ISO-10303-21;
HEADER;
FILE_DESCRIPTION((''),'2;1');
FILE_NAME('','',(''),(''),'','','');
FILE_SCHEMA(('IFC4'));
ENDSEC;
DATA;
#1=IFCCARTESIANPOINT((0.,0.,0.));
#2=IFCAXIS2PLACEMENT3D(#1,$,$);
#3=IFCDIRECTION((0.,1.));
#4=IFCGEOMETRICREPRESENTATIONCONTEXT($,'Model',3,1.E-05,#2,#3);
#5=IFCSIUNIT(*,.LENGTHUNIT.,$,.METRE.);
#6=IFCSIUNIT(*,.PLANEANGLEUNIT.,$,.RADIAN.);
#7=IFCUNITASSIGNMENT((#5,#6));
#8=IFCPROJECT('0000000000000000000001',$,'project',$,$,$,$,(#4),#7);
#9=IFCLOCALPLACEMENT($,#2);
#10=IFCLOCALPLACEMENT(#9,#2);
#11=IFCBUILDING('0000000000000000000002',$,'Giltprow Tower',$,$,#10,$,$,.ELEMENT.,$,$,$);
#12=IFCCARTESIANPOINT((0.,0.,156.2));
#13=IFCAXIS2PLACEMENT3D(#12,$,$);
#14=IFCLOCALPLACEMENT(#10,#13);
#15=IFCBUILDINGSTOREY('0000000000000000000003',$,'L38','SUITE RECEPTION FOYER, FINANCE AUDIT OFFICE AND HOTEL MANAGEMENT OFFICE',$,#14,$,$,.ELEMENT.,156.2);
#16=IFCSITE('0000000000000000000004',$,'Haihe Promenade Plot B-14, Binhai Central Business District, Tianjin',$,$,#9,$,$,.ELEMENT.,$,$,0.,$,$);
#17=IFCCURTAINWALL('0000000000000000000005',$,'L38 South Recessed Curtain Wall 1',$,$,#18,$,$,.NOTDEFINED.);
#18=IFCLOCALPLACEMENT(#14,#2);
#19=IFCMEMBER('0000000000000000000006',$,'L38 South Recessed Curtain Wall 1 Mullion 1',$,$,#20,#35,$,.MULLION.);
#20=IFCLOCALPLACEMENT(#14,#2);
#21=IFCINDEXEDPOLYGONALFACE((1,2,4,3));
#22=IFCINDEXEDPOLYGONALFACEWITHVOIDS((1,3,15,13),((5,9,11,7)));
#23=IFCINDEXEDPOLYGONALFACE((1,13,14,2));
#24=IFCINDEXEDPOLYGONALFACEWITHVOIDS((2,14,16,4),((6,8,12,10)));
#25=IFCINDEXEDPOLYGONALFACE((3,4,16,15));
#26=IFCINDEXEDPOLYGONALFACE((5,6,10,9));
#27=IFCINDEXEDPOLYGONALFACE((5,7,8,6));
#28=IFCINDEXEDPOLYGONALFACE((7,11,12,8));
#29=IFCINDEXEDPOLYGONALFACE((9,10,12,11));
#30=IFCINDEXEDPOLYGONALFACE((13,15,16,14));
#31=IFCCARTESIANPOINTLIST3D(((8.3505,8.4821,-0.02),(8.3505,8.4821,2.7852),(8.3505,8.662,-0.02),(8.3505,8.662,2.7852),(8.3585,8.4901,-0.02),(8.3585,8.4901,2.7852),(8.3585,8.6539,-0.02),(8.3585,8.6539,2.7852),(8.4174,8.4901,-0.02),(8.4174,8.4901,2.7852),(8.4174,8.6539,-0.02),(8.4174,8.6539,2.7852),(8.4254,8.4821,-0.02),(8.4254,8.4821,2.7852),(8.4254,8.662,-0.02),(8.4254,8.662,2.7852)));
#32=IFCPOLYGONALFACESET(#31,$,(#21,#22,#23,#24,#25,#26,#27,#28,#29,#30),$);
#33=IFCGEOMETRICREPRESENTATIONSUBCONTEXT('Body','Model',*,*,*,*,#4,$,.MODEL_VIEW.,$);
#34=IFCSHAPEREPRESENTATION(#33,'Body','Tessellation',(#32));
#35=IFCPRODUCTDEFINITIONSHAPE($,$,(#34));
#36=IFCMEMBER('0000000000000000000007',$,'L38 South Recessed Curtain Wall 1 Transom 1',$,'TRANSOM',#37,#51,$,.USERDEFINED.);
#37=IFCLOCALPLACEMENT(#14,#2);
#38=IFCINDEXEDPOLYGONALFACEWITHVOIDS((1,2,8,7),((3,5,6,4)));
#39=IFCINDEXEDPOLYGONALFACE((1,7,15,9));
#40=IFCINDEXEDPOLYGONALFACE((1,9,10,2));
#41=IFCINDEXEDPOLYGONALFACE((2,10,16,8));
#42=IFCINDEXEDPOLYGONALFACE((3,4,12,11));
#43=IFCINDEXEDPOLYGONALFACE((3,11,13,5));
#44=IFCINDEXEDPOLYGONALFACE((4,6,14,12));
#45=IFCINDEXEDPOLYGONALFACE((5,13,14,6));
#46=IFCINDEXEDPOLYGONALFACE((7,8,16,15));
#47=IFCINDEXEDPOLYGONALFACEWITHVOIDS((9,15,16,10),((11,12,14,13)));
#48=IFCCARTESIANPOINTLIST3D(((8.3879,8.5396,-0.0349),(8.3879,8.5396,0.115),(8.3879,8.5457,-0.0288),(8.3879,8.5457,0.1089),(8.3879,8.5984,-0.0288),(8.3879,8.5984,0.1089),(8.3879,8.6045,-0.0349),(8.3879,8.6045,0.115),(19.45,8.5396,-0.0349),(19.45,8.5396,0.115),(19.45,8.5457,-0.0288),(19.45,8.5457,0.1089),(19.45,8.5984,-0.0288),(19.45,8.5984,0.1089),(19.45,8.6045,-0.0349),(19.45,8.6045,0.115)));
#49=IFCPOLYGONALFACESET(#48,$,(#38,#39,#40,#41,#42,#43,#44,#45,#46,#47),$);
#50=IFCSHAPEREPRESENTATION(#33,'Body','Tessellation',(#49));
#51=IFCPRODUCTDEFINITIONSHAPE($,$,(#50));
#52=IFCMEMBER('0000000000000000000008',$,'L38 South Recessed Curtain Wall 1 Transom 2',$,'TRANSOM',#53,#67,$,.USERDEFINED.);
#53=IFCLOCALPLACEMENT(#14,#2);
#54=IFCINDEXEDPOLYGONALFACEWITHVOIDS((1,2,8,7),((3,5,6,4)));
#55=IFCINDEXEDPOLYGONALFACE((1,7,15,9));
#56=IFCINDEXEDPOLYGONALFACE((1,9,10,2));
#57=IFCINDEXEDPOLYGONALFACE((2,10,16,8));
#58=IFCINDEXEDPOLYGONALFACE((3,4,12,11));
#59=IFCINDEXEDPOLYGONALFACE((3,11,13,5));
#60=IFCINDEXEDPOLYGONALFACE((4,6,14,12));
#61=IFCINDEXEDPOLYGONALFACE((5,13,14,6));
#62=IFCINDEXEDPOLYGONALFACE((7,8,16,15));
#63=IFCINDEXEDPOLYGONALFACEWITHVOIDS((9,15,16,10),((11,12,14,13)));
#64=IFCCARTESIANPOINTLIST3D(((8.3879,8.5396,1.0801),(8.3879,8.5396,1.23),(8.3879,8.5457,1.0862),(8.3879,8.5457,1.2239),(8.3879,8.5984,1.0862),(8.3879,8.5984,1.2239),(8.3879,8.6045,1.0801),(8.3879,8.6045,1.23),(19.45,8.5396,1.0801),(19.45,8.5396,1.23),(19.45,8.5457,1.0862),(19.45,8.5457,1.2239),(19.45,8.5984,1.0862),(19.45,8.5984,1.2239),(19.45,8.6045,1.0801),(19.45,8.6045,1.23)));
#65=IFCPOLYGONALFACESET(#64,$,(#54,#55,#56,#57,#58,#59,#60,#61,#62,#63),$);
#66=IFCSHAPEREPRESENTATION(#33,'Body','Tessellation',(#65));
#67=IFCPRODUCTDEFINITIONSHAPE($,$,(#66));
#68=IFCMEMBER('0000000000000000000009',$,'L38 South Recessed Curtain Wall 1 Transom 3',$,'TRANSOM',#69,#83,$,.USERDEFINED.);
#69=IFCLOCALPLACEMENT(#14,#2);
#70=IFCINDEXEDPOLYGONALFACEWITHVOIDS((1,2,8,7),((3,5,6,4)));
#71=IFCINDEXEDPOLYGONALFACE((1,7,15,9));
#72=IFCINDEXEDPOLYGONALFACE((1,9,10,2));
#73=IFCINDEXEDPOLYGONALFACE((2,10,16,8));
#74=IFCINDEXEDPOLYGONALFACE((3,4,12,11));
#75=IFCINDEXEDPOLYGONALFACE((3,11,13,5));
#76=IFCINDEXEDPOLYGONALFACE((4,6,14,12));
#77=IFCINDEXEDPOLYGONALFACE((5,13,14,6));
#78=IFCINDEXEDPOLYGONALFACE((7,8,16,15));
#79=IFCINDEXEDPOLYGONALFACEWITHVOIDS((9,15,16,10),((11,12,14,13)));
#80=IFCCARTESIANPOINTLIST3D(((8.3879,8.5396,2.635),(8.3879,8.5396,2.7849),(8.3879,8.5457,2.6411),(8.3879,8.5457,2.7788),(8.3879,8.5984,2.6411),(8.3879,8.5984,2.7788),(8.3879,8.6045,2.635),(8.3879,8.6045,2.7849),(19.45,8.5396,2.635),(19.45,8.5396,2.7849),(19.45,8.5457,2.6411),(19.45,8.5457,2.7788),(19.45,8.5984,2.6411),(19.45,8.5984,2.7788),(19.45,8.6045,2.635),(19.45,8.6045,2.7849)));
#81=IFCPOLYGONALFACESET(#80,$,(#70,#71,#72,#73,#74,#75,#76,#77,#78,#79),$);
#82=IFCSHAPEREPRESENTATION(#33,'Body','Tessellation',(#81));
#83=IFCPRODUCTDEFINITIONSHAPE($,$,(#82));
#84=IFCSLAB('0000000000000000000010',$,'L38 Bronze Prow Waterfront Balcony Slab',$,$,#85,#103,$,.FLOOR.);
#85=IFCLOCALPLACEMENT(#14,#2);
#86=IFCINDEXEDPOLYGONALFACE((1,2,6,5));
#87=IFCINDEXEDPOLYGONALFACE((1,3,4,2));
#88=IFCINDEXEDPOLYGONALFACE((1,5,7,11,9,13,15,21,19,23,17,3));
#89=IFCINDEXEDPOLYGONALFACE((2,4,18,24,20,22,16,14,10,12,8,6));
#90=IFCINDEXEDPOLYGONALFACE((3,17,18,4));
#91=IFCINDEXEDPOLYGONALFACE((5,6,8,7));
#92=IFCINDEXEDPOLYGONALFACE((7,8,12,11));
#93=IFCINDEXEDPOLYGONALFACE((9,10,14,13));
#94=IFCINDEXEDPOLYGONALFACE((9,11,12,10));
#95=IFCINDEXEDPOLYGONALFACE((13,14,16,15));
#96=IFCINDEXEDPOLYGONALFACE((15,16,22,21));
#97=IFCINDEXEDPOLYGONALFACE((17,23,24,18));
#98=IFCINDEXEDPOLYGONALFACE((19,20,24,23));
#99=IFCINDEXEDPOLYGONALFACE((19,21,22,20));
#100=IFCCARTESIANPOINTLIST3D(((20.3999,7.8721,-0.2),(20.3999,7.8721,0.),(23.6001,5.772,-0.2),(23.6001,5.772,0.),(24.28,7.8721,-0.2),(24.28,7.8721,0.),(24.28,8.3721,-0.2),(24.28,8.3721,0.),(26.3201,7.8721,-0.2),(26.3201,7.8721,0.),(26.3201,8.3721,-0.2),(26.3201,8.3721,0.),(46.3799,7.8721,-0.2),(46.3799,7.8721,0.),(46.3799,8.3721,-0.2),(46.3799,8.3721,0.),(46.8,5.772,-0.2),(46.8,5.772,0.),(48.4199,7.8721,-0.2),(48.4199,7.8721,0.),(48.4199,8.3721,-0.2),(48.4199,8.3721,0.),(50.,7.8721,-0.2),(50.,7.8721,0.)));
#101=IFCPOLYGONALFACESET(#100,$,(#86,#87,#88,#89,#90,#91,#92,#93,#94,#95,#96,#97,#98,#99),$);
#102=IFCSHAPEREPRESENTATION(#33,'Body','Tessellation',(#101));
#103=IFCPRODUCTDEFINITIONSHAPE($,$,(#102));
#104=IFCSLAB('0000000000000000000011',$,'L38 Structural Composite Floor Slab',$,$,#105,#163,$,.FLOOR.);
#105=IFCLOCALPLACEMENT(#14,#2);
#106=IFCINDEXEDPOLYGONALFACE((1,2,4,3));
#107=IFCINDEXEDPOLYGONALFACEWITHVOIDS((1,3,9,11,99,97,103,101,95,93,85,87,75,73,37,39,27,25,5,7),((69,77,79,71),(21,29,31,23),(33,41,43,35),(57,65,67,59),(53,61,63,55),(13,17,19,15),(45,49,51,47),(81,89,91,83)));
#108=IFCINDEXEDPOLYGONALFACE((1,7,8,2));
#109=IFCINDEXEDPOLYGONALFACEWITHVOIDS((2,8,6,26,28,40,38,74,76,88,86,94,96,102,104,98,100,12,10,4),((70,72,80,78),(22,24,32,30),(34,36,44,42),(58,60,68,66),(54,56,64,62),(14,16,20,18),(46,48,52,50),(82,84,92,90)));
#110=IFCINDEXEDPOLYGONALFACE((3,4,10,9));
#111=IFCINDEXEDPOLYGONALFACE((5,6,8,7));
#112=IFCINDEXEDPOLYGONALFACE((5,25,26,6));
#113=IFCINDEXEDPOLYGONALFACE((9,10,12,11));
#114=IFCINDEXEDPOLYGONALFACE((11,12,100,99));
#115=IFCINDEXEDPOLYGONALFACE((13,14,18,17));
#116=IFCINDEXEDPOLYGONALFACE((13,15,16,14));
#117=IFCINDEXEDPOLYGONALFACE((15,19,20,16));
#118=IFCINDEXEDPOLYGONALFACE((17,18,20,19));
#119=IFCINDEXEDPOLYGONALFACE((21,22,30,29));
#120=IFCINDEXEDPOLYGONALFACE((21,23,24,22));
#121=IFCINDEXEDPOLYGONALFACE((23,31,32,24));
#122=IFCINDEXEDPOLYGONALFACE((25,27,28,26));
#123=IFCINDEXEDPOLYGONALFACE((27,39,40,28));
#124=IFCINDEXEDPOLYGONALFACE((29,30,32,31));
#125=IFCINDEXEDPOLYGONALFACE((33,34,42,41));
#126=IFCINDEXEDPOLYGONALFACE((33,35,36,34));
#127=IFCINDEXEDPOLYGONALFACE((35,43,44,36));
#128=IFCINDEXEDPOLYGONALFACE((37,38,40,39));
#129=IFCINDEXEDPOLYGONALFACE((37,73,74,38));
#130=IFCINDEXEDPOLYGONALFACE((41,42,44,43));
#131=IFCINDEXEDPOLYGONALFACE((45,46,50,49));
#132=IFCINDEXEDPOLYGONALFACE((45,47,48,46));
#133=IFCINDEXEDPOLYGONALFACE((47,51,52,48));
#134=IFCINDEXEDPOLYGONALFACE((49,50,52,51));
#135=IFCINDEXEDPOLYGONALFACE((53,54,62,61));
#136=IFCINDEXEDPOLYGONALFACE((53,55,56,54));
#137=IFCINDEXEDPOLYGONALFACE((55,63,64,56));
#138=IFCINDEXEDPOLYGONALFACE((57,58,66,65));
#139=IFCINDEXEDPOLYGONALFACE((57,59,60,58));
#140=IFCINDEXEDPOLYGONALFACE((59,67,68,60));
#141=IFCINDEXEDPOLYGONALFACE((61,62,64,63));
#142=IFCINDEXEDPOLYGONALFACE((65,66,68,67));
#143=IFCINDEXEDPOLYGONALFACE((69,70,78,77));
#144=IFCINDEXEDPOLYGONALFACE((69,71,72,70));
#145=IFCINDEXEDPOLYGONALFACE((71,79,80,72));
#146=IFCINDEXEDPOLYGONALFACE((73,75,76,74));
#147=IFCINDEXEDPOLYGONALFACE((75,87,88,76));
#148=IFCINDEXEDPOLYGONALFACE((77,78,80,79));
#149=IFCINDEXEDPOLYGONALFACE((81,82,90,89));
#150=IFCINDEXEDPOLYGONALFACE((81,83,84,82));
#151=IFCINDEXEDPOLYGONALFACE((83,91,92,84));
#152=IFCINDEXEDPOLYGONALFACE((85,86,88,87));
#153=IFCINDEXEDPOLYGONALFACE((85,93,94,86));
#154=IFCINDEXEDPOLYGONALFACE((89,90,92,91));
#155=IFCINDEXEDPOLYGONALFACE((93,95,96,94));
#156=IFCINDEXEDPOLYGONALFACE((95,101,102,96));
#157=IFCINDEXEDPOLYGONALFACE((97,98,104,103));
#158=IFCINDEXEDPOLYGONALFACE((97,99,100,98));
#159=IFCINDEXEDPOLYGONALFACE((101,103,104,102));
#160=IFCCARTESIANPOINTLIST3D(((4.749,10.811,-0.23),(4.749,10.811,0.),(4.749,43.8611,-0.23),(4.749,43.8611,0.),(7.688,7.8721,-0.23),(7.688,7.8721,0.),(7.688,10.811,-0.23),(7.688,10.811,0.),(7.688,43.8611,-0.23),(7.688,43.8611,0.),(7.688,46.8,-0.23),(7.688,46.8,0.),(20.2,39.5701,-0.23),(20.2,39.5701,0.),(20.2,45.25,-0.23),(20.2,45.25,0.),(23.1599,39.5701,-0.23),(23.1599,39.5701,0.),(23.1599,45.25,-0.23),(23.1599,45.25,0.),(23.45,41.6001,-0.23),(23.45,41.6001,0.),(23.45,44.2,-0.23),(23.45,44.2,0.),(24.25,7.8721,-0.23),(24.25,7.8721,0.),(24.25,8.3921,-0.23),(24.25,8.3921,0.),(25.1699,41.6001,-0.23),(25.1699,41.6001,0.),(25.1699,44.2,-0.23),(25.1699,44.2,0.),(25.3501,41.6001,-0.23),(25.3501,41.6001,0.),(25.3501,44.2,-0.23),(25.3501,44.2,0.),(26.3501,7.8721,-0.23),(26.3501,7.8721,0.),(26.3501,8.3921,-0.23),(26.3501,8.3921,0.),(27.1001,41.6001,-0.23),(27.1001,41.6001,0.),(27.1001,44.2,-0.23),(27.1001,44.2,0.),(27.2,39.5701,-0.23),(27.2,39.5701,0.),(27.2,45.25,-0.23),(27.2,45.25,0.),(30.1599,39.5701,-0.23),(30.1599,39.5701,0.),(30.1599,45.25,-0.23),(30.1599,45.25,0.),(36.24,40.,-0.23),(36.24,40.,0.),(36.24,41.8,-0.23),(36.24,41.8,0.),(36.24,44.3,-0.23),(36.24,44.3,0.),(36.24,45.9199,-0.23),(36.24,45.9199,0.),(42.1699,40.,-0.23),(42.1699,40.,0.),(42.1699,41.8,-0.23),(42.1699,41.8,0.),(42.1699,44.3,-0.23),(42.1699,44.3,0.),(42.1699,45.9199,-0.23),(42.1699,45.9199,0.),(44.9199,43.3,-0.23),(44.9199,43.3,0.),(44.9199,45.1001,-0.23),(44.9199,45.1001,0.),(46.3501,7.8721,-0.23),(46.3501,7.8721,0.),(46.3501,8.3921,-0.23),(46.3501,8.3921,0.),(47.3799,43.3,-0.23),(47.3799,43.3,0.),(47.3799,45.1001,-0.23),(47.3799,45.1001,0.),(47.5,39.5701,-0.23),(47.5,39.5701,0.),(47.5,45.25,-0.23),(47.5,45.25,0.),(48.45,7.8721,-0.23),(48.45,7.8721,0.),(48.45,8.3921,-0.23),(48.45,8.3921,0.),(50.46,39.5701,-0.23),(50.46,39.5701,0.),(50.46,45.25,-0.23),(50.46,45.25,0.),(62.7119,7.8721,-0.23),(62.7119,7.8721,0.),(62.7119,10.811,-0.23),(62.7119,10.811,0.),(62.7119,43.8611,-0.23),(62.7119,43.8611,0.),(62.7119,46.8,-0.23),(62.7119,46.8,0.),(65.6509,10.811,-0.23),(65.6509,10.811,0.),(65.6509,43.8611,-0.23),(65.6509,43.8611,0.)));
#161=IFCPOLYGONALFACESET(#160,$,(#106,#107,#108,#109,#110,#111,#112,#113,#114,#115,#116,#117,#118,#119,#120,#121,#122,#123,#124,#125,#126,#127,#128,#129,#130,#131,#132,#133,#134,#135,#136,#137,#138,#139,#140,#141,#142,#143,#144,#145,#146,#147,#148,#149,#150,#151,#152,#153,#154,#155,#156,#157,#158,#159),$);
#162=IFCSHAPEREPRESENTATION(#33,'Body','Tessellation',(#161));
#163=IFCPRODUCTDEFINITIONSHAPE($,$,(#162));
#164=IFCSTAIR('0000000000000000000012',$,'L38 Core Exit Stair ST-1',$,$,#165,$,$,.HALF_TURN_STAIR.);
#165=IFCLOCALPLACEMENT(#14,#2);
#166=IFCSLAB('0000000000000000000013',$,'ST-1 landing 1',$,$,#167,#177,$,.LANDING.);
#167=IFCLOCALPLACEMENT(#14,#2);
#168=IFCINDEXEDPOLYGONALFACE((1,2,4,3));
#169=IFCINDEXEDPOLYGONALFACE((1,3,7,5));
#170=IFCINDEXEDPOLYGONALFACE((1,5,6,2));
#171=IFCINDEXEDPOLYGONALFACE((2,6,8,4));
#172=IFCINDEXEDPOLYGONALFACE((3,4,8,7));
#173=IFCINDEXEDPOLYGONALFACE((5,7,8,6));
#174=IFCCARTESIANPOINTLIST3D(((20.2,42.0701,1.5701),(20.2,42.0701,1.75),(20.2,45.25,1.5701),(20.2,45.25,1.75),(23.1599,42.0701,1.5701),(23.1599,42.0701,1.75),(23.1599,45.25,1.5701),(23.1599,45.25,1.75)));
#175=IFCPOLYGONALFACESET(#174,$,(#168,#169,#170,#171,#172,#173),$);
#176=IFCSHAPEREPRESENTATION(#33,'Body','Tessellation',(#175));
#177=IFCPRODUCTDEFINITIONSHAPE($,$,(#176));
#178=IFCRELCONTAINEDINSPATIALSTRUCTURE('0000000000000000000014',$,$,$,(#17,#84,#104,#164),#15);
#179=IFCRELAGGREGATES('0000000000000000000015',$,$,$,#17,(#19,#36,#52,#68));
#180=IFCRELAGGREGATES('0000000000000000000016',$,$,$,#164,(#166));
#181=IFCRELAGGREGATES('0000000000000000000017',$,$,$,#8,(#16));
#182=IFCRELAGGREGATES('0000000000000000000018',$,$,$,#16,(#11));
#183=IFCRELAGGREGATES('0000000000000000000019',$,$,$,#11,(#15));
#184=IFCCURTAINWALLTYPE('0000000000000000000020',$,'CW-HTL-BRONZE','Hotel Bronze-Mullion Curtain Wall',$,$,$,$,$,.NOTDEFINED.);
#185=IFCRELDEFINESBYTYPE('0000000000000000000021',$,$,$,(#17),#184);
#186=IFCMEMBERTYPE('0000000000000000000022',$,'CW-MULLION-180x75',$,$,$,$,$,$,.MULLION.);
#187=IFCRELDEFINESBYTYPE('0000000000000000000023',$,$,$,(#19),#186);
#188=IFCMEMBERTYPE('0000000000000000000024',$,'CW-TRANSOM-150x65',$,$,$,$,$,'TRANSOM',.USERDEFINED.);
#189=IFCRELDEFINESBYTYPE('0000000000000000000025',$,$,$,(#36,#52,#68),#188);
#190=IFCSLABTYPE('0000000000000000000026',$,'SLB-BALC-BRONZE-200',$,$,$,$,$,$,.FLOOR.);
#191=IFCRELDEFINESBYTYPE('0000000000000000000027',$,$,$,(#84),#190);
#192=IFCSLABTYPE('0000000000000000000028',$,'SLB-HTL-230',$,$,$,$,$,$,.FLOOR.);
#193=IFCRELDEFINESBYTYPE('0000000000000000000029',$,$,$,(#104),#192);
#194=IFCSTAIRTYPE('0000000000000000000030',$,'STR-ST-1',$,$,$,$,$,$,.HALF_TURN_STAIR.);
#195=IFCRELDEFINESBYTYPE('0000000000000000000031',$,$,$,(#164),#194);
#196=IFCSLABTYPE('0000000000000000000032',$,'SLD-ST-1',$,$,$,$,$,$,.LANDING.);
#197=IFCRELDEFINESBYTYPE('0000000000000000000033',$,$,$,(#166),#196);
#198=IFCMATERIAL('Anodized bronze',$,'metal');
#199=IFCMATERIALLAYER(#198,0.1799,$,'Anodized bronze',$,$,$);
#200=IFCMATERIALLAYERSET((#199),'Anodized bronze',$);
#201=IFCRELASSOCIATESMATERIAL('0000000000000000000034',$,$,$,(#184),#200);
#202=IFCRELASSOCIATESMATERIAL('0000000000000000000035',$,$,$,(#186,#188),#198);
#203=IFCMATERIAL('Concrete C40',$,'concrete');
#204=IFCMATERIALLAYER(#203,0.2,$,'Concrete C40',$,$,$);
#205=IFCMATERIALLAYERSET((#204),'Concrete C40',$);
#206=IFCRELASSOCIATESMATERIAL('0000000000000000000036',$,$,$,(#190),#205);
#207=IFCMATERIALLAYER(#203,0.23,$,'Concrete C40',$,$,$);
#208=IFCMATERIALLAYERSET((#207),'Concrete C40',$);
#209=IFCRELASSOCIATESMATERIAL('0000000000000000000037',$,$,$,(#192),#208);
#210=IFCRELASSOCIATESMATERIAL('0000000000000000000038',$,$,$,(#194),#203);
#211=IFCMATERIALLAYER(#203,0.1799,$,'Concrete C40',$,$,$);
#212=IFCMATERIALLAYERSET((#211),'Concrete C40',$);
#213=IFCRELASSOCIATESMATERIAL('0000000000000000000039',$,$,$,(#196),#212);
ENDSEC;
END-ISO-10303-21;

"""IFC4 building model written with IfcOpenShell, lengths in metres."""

from ifc_helpers import new_model, si_unit, direction, frame, origin, origin_2d, place, context, subcontext, project, spatial, polyline, hollow_rectangle, outline, extrude, source, transform, mapped, material, layer, layer_set, material_profile, profile_set, type_object, element, aggregate, save


model = new_model("IFC4")

# Units and contexts
model_context = context("Model", 3, precision=1e-05, world=origin(), true_north=direction((0.0, 1.0)))
body_context = subcontext(model_context, "Body", "Model", "MODEL_VIEW")
ifc_project = project(units=[si_unit("LENGTHUNIT", "METRE"), si_unit("PLANEANGLEUNIT", "RADIAN")], contexts=[model_context])

# Site, building, storey
site_placement = place(None, origin())
site = spatial("IfcSite", under=ifc_project, at=site_placement, Name="Haihe Promenade Plot B-14, Binhai Central Business District, Tianjin", CompositionType="ELEMENT", RefElevation=0.0)
building_placement = place(site_placement, origin())
building = spatial("IfcBuilding", under=site, at=building_placement, Name="Giltprow Tower", CompositionType="ELEMENT")
storey_placement = place(building_placement, frame((0.0, 0.0, 156.2)))
storey = spatial("IfcBuildingStorey", under=building, at=storey_placement, Name="L38", Description="SUITE RECEPTION FOYER, FINANCE AUDIT OFFICE AND HOTEL MANAGEMENT OFFICE", CompositionType="ELEMENT", Elevation=156.2)

# Curtain wall, members
ifc_material_1 = material(Name="Anodized bronze", Category="metal")
ifc_layer_1 = layer(ifc_material_1, 0.1799, Name="Anodized bronze")
ifc_layer_set_1 = layer_set([ifc_layer_1], Name="Anodized bronze")
curtain_wall_type = type_object("IfcCurtainWallType", Name="CW-HTL-BRONZE", Description="Hotel Bronze-Mullion Curtain Wall", PredefinedType="NOTDEFINED", material=ifc_layer_set_1)
curtain_wall_placement = place(storey_placement, origin())
curtain_wall = element("IfcCurtainWall", 1, at=curtain_wall_placement, inside=storey, type_object=curtain_wall_type, Name="L38 South Recessed Curtain Wall 1", PredefinedType="NOTDEFINED")
ifc_material_profile_1 = material_profile(ifc_material_1, hollow_rectangle(XDim=0.075, YDim=0.1799, WallThickness=0.0081, at=origin_2d()), Name="RHS 180x75x8")
ifc_profile_set_1 = profile_set([ifc_material_profile_1], Name="Anodized bronze")
member_type_1 = type_object("IfcMemberType", Name="CW-MULLION-180x75", PredefinedType="MULLION", material=ifc_profile_set_1)
shared_shape_1 = source(origin(), body_context, "Body", "SweptSolid", [
    extrude(hollow_rectangle(XDim=0.075, YDim=0.1799, WallThickness=0.0081, at=origin_2d()), origin(), (0.0, 0.0, 1.0), 2.8052),
])
member_1_placement = place(storey_placement, frame((8.3879, 8.572, -0.02), z_axis=(0.0, 0.0, 1.0), x_axis=(1.0, 0.0, 0.0)))
member_1 = element("IfcMember", 2, at=member_1_placement, type_object=member_type_1, Name="L38 South Recessed Curtain Wall 1 Mullion 1", PredefinedType="MULLION", context=body_context, shape_type="MappedRepresentation", body=[
    mapped(shared_shape_1, transform((0.0, 0.0, 0.0), x_axis=(1.0, 0.0, 0.0), y_axis=(0.0, 1.0, 0.0), z_axis=(0.0, 0.0, 1.0), scale=1.0)),
])
ifc_material_profile_2 = material_profile(ifc_material_1, hollow_rectangle(XDim=0.0649, YDim=0.1499, WallThickness=0.0061, at=origin_2d()), Name="RHS 150x65x6")
ifc_profile_set_2 = profile_set([ifc_material_profile_2], Name="Anodized bronze")
member_type_2 = type_object("IfcMemberType", Name="CW-TRANSOM-150x65", ElementType="TRANSOM", PredefinedType="USERDEFINED", material=ifc_profile_set_2)
shared_shape_2 = source(origin(), body_context, "Body", "SweptSolid", [
    extrude(hollow_rectangle(XDim=0.0649, YDim=0.1499, WallThickness=0.0061, at=origin_2d()), origin(), (0.0, 0.0, 1.0), 11.062),
])
member_2_placement = place(storey_placement, frame((8.3879, 8.572, 0.04), z_axis=(1.0, 0.0, 0.0), x_axis=(0.0, 1.0, 0.0)))
member_2 = element("IfcMember", 3, at=member_2_placement, type_object=member_type_2, Name="L38 South Recessed Curtain Wall 1 Transom 1", ObjectType="TRANSOM", PredefinedType="USERDEFINED", context=body_context, shape_type="MappedRepresentation", body=[
    mapped(shared_shape_2, transform((0.0, 0.0, 0.0), x_axis=(1.0, 0.0, 0.0), y_axis=(0.0, 1.0, 0.0), z_axis=(0.0, 0.0, 1.0), scale=1.0)),
])
member_3_placement = place(storey_placement, frame((8.3879, 8.572, 1.155), z_axis=(1.0, 0.0, 0.0), x_axis=(0.0, 1.0, 0.0)))
member_3 = element("IfcMember", 4, at=member_3_placement, type_object=member_type_2, Name="L38 South Recessed Curtain Wall 1 Transom 2", ObjectType="TRANSOM", PredefinedType="USERDEFINED", context=body_context, shape_type="MappedRepresentation", body=[
    mapped(shared_shape_2, transform((0.0, 0.0, 0.0), x_axis=(1.0, 0.0, 0.0), y_axis=(0.0, 1.0, 0.0), z_axis=(0.0, 0.0, 1.0), scale=1.0)),
])
member_4_placement = place(storey_placement, frame((8.3879, 8.572, 2.71), z_axis=(1.0, 0.0, 0.0), x_axis=(0.0, 1.0, 0.0)))
member_4 = element("IfcMember", 5, at=member_4_placement, type_object=member_type_2, Name="L38 South Recessed Curtain Wall 1 Transom 3", ObjectType="TRANSOM", PredefinedType="USERDEFINED", context=body_context, shape_type="MappedRepresentation", body=[
    mapped(shared_shape_2, transform((0.0, 0.0, 0.0), x_axis=(1.0, 0.0, 0.0), y_axis=(0.0, 1.0, 0.0), z_axis=(0.0, 0.0, 1.0), scale=1.0)),
])
aggregate(curtain_wall, [member_1, member_2, member_3, member_4])

# Slabs
ifc_material_2 = material(Name="Concrete C40", Category="concrete")
ifc_layer_2 = layer(ifc_material_2, 0.2, Name="Concrete C40")
ifc_layer_set_2 = layer_set([ifc_layer_2], Name="Concrete C40")
slab_type_1 = type_object("IfcSlabType", Name="SLB-BALC-BRONZE-200", PredefinedType="FLOOR", material=ifc_layer_set_2)
slab_1_placement = place(storey_placement, frame((0.0, 0.0, -0.2)))
element("IfcSlab", 6, at=slab_1_placement, inside=storey, type_object=slab_type_1, Name="L38 Bronze Prow Waterfront Balcony Slab", PredefinedType="FLOOR", context=body_context, shape_type="SweptSolid", body=[
    extrude(outline(polyline([(50.0, 7.8721), (46.8, 5.772), (23.6001, 5.772), (20.3999, 7.8721), (24.28, 7.8721), (24.28, 8.3721), (26.3201, 8.3721), (26.3201, 7.8721), (46.3799, 7.8721), (46.3799, 8.3721), (48.4199, 8.3721), (48.4199, 7.8721), (50.0, 7.8721)])), origin(), (0.0, 0.0, 1.0), 0.2),
])
ifc_layer_3 = layer(ifc_material_2, 0.23, Name="Concrete C40")
ifc_layer_set_3 = layer_set([ifc_layer_3], Name="Concrete C40")
slab_type_2 = type_object("IfcSlabType", Name="SLB-HTL-230", PredefinedType="FLOOR", material=ifc_layer_set_3)
slab_2_placement = place(storey_placement, frame((0.0, 0.0, -0.23)))
element("IfcSlab", 7, at=slab_2_placement, inside=storey, type_object=slab_type_2, Name="L38 Structural Composite Floor Slab", PredefinedType="FLOOR", context=body_context, shape_type="SweptSolid", body=[
    extrude(outline(polyline([(7.688, 7.8721), (7.688, 10.811), (4.749, 10.811), (4.749, 43.8611), (7.688, 43.8611), (7.688, 46.8), (62.7119, 46.8), (62.7119, 43.8611), (65.6509, 43.8611), (65.6509, 10.811), (62.7119, 10.811), (62.7119, 7.8721), (48.45, 7.8721), (48.45, 8.3921), (46.3501, 8.3921), (46.3501, 7.8721), (26.3501, 7.8721), (26.3501, 8.3921), (24.25, 8.3921), (24.25, 7.8721), (7.688, 7.8721)]), holes=[polyline([(42.1699, 41.8), (36.24, 41.8), (36.24, 40.0), (42.1699, 40.0), (42.1699, 41.8)]), polyline([(23.1599, 39.5701), (23.1599, 45.25), (20.2, 45.25), (20.2, 39.5701), (23.1599, 39.5701)]), polyline([(30.1599, 39.5701), (30.1599, 45.25), (27.2, 45.25), (27.2, 39.5701), (30.1599, 39.5701)]), polyline([(50.46, 45.25), (47.5, 45.25), (47.5, 39.5701), (50.46, 39.5701), (50.46, 45.25)]), polyline([(25.1699, 44.2), (23.45, 44.2), (23.45, 41.6001), (25.1699, 41.6001), (25.1699, 44.2)]), polyline([(27.1001, 44.2), (25.3501, 44.2), (25.3501, 41.6001), (27.1001, 41.6001), (27.1001, 44.2)]), polyline([(47.3799, 43.3), (47.3799, 45.1001), (44.9199, 45.1001), (44.9199, 43.3), (47.3799, 43.3)]), polyline([(42.1699, 44.3), (42.1699, 45.9199), (36.24, 45.9199), (36.24, 44.3), (42.1699, 44.3)])]), origin(), (0.0, 0.0, 1.0), 0.23),
])

# Stair, slab
stair_type_1 = type_object("IfcStairType", Name="STR-ST-1", PredefinedType="HALF_TURN_STAIR", material=ifc_material_2)
stair_1_placement = place(storey_placement, origin())
stair_1 = element("IfcStair", 8, at=stair_1_placement, inside=storey, type_object=stair_type_1, Name="L38 Core Exit Stair ST-1", PredefinedType="HALF_TURN_STAIR")
ifc_layer_4 = layer(ifc_material_2, 0.1799, Name="Concrete C40")
ifc_layer_set_4 = layer_set([ifc_layer_4], Name="Concrete C40")
slab_type_3 = type_object("IfcSlabType", Name="SLD-ST-1", PredefinedType="LANDING", material=ifc_layer_set_4)
slab_3_placement = place(storey_placement, frame((0.0, 0.0, 1.5701)))
slab_3 = element("IfcSlab", 9, at=slab_3_placement, type_object=slab_type_3, Name="ST-1 landing 1", PredefinedType="LANDING", context=body_context, shape_type="SweptSolid", body=[
    extrude(outline(polyline([(23.1599, 42.0701), (23.1599, 45.25), (20.2, 45.25), (20.2, 42.0701), (23.1599, 42.0701)])), origin(), (0.0, 0.0, 1.0), 0.1799),
])
aggregate(stair_1, [slab_3])

save(model, "model.ifc")
